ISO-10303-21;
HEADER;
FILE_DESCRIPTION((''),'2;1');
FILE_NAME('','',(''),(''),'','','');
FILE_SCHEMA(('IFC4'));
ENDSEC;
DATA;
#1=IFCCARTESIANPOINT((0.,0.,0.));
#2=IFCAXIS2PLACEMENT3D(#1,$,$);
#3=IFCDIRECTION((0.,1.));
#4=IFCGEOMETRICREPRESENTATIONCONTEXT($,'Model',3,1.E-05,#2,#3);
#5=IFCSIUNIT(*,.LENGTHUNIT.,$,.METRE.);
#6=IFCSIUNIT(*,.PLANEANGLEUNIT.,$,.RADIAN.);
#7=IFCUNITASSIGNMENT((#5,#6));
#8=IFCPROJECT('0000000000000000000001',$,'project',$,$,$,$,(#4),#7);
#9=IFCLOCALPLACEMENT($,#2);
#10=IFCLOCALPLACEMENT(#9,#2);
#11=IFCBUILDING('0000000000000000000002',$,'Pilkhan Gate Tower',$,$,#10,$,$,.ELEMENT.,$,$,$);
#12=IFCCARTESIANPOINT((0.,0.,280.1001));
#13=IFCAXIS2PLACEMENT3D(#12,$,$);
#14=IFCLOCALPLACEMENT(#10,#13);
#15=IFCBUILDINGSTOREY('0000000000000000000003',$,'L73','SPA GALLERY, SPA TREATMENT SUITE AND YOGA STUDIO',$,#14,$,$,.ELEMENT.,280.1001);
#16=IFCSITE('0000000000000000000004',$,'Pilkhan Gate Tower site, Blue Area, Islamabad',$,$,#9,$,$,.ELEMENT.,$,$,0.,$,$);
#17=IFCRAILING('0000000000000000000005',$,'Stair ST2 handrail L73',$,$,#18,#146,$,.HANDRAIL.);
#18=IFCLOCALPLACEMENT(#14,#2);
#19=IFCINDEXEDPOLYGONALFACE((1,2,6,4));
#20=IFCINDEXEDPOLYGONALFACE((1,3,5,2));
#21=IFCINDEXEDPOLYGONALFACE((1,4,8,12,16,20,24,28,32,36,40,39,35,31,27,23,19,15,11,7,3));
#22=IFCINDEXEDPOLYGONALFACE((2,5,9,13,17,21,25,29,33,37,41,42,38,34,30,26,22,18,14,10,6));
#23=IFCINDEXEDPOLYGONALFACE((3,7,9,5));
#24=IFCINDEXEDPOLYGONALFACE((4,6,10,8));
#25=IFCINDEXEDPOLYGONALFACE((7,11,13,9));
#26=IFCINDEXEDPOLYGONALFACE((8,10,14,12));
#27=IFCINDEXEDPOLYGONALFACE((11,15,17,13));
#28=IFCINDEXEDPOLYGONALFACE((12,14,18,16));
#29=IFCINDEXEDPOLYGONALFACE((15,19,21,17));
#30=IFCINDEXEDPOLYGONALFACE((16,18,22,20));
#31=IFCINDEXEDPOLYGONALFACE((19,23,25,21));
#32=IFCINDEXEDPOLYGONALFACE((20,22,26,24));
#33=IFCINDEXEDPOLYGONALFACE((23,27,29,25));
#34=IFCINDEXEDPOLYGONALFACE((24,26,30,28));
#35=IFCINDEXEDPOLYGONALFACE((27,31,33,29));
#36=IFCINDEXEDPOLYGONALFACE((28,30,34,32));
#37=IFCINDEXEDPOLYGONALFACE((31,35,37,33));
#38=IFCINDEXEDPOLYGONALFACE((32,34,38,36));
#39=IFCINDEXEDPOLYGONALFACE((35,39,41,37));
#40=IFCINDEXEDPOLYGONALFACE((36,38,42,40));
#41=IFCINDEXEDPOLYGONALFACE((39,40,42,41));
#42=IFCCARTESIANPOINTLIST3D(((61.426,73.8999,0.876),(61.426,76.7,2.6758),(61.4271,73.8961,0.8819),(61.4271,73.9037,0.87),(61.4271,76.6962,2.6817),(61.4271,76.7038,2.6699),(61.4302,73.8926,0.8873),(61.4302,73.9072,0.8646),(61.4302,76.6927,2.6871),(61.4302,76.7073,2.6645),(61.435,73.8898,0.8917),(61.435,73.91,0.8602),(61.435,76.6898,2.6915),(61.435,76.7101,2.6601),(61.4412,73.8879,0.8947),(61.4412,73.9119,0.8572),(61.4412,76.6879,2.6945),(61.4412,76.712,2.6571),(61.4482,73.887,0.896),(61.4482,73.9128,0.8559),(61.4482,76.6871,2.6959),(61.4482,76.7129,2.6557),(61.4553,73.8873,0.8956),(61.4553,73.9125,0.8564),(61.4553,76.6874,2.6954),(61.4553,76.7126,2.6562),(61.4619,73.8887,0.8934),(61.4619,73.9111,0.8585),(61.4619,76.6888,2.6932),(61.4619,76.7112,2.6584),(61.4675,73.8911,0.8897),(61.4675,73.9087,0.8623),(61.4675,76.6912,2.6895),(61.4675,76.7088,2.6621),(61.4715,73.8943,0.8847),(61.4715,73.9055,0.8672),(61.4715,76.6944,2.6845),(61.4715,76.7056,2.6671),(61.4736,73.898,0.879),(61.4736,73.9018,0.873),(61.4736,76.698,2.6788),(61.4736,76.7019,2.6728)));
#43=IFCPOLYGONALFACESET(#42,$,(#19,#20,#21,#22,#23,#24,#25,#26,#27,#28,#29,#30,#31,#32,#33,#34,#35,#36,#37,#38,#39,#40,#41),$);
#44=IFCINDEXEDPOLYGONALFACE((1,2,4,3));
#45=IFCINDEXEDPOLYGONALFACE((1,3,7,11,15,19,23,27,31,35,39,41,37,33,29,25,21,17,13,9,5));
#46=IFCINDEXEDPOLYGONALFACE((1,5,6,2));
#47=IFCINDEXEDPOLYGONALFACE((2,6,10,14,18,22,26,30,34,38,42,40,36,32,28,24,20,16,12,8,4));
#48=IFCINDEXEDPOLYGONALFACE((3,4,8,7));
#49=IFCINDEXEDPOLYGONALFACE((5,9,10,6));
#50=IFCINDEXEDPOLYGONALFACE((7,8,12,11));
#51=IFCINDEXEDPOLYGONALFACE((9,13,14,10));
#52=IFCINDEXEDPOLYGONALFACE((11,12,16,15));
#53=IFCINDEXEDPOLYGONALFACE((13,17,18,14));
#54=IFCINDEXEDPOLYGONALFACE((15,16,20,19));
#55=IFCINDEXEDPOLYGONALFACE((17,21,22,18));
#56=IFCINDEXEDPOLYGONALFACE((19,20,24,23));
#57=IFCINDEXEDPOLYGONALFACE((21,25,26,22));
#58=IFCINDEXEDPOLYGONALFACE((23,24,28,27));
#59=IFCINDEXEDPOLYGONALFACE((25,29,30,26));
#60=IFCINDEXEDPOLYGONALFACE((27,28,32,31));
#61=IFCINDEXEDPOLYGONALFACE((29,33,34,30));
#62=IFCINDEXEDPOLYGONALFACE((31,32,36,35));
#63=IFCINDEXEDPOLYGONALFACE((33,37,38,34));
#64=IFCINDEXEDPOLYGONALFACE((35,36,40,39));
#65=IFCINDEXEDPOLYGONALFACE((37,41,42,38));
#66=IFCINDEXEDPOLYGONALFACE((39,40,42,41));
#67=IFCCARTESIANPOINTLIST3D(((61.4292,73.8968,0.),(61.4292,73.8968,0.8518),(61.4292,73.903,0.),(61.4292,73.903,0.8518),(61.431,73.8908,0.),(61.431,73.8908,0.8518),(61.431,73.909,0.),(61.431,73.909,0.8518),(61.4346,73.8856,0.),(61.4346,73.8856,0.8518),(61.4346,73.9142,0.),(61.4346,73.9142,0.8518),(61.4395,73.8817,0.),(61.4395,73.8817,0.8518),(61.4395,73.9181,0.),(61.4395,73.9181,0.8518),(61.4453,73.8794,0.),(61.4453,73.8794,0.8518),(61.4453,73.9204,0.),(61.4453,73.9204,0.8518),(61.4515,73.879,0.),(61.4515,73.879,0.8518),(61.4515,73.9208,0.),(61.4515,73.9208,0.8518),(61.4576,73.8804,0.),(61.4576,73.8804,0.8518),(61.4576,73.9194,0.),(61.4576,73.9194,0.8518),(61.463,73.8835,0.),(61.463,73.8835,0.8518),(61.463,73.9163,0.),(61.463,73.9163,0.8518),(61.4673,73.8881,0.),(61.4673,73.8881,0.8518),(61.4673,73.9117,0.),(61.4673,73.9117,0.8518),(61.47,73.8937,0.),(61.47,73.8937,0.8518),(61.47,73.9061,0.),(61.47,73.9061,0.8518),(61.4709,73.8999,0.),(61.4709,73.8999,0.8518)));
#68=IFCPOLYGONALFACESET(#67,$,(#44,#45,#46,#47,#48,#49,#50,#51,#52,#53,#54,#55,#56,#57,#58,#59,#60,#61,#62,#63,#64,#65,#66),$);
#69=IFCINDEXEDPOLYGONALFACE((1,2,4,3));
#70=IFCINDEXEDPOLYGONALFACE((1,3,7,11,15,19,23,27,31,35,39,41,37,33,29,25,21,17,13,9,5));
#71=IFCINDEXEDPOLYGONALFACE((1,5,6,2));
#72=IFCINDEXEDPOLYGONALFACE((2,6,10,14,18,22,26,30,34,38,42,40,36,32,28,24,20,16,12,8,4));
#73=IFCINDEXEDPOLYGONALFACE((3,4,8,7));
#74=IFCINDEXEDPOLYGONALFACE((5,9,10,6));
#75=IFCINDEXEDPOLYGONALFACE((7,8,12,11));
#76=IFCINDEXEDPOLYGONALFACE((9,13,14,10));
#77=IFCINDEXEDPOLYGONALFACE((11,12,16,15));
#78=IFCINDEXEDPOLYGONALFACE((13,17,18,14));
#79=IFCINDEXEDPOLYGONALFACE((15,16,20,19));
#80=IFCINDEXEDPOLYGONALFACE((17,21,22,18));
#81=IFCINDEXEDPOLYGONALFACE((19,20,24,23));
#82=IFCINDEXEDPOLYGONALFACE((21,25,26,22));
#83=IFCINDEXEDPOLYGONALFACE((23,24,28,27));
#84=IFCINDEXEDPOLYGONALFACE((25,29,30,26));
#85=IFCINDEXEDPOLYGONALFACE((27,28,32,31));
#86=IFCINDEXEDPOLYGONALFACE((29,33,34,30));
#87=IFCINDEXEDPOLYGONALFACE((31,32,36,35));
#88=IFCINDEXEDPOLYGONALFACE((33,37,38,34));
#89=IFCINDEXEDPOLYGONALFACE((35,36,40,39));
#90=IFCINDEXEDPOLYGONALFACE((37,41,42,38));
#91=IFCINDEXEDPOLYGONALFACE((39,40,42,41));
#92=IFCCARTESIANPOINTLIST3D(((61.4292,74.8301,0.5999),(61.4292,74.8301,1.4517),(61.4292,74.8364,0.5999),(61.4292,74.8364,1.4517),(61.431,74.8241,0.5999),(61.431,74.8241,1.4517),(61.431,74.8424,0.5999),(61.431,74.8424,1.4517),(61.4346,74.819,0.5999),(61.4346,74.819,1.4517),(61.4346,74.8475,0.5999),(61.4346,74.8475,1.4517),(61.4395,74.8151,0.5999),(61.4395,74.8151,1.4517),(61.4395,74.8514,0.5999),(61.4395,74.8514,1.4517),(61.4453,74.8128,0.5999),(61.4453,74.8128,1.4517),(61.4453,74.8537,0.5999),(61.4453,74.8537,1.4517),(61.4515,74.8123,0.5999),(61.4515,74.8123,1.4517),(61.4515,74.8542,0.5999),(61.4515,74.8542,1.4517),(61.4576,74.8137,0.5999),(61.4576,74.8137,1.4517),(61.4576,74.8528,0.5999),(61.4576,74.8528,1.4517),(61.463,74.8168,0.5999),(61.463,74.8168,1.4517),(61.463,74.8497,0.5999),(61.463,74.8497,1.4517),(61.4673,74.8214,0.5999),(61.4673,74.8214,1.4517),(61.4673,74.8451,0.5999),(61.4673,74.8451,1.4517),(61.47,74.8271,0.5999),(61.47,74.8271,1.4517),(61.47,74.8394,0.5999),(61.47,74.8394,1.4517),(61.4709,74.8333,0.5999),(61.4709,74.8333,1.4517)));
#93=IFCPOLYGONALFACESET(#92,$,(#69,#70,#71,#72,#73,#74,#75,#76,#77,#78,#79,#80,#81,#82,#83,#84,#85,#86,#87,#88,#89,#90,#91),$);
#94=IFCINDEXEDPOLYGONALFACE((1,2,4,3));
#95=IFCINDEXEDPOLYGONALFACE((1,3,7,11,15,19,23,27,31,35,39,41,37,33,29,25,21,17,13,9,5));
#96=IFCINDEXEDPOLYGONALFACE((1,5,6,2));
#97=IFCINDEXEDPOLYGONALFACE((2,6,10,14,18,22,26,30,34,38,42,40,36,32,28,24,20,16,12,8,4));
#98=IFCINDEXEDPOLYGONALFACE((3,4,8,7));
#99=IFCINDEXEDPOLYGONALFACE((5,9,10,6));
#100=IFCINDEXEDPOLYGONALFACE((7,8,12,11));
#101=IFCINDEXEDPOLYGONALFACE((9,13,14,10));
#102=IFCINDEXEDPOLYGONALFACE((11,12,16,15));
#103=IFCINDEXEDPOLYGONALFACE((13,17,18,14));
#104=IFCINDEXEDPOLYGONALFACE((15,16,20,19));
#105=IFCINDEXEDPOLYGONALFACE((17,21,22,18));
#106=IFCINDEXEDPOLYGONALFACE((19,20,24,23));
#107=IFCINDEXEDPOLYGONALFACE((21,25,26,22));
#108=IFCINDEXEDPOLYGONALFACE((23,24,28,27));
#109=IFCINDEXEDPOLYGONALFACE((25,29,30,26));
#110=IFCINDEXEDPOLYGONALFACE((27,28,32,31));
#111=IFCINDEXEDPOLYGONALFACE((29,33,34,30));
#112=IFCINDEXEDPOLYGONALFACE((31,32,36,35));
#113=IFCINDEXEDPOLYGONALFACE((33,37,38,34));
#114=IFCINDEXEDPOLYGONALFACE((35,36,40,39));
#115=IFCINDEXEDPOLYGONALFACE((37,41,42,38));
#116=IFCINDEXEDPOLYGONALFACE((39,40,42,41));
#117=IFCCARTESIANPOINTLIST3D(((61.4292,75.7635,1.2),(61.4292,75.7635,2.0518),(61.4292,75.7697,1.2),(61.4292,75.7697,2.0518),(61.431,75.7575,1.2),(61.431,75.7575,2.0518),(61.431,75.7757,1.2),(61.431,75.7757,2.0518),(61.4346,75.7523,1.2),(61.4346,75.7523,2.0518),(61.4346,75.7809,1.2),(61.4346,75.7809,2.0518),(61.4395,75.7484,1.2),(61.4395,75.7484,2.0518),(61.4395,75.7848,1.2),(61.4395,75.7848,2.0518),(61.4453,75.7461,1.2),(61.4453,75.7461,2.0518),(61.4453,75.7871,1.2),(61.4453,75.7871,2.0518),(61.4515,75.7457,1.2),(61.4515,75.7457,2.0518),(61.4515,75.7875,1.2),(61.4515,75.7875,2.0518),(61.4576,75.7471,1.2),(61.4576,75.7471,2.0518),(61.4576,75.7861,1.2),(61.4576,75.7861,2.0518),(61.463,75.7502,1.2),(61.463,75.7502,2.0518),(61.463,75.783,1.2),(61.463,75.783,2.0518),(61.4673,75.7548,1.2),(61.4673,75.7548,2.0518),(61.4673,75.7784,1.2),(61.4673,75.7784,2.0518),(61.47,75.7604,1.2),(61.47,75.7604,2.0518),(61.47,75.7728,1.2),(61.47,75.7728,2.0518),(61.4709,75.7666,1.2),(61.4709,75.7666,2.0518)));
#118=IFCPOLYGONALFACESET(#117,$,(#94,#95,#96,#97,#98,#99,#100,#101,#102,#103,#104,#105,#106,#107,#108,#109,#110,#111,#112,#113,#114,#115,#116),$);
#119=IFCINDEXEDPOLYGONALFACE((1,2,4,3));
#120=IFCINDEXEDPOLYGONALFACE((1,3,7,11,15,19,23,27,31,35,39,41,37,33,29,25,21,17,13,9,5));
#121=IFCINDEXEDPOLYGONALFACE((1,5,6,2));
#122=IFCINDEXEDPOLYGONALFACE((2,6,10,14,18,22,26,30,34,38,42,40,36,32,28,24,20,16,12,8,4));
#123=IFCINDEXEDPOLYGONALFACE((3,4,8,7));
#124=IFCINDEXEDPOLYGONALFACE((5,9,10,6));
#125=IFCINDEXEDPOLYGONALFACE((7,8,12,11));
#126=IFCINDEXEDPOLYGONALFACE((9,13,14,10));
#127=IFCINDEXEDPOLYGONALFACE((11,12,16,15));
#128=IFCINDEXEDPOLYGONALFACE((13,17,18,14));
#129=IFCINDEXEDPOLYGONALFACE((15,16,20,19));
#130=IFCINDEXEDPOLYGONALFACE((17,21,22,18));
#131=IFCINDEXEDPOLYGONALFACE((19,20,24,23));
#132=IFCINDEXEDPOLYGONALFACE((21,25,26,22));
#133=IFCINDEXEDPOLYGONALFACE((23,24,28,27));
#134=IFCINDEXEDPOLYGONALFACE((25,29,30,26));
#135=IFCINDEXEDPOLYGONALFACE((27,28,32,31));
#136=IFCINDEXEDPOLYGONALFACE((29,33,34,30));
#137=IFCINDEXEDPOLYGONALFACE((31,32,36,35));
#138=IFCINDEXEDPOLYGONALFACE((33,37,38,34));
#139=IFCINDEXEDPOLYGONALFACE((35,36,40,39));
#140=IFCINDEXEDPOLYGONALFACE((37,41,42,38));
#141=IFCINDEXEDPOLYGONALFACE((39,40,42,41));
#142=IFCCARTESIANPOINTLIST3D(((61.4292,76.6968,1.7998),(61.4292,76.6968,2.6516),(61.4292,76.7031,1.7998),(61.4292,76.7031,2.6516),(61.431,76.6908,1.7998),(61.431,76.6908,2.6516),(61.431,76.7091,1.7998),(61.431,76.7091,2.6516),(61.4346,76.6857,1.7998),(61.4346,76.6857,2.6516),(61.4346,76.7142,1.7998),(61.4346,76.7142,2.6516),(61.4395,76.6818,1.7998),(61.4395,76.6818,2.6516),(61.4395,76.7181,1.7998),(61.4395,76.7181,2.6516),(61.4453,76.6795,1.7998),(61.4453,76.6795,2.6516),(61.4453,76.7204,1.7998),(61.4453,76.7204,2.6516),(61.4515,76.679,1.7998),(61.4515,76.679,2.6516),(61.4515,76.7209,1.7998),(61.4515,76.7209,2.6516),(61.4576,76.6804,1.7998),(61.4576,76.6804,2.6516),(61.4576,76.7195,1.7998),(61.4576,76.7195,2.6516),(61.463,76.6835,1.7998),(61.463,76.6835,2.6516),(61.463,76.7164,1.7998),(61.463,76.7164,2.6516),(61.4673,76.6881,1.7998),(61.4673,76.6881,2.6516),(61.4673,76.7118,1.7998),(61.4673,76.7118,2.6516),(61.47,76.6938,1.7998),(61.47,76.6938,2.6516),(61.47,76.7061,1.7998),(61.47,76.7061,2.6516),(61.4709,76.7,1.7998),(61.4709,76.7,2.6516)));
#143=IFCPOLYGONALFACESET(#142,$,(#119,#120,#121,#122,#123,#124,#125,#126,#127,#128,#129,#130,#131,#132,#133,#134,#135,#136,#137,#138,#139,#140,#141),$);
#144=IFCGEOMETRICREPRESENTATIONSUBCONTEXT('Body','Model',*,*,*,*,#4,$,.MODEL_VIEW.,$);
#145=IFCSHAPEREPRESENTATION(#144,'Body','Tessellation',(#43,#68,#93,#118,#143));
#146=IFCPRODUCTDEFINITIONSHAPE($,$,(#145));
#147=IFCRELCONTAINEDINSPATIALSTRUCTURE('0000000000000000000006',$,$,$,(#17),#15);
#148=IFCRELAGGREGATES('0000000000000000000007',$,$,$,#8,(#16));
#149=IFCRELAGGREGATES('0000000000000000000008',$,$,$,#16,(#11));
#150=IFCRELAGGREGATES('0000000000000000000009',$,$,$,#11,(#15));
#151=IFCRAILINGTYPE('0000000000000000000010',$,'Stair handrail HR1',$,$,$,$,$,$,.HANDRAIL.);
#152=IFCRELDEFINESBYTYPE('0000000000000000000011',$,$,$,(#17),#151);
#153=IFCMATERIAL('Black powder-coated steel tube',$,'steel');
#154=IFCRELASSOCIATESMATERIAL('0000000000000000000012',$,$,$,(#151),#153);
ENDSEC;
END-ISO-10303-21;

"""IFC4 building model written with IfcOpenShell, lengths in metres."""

from ifc_helpers import new_model, si_unit, direction, frame, origin, origin_2d, place, context, subcontext, project, spatial, circle, extrude, material, type_object, element, save


model = new_model("IFC4")

# Units and contexts
model_context = context("Model", 3, precision=1e-05, world=origin(), true_north=direction((0.0, 1.0)))
body_context = subcontext(model_context, "Body", "Model", "MODEL_VIEW")
ifc_project = project(units=[si_unit("LENGTHUNIT", "METRE"), si_unit("PLANEANGLEUNIT", "RADIAN")], contexts=[model_context])

# Site, building, storey
site_placement = place(None, origin())
site = spatial("IfcSite", under=ifc_project, at=site_placement, Name="Pilkhan Gate Tower site, Blue Area, Islamabad", CompositionType="ELEMENT", RefElevation=0.0)
building_placement = place(site_placement, origin())
building = spatial("IfcBuilding", under=site, at=building_placement, Name="Pilkhan Gate Tower", CompositionType="ELEMENT")
storey_placement = place(building_placement, frame((0.0, 0.0, 280.1001)))
storey = spatial("IfcBuildingStorey", under=building, at=storey_placement, Name="L73", Description="SPA GALLERY, SPA TREATMENT SUITE AND YOGA STUDIO", CompositionType="ELEMENT", Elevation=280.1001)

# Railing
ifc_material_1 = material(Name="Black powder-coated steel tube", Category="steel")
railing_type_1 = type_object("IfcRailingType", Name="Stair handrail HR1", PredefinedType="HANDRAIL", material=ifc_material_1)
railing_1_placement = place(storey_placement, frame((61.45, 73.8999, 0.0)))
element("IfcRailing", 1, at=railing_1_placement, inside=storey, type_object=railing_type_1, Name="Stair ST2 handrail L73", PredefinedType="HANDRAIL", context=body_context, shape_type="SweptSolid", body=[
    extrude(circle(Radius=0.0239, at=origin_2d()), frame((0.0, 0.0, 0.876), z_axis=(0.0, 0.841209, 0.540709), x_axis=(-1.0, 0.0, 0.0)), (0.0, 0.0, 1.0), 3.3286),
    extrude(circle(Radius=0.021, at=origin_2d()), origin(), (0.0, 0.0, 1.0), 0.8518),
    extrude(circle(Radius=0.021, at=origin_2d()), frame((0.0, 0.9333, 0.5999)), (0.0, 0.0, 1.0), 0.8518),
    extrude(circle(Radius=0.021, at=origin_2d()), frame((0.0, 1.8667, 1.2)), (0.0, 0.0, 1.0), 0.8518),
    extrude(circle(Radius=0.021, at=origin_2d()), frame((0.0, 2.8, 1.7998)), (0.0, 0.0, 1.0), 0.8518),
])

save(model, "model.ifc")
